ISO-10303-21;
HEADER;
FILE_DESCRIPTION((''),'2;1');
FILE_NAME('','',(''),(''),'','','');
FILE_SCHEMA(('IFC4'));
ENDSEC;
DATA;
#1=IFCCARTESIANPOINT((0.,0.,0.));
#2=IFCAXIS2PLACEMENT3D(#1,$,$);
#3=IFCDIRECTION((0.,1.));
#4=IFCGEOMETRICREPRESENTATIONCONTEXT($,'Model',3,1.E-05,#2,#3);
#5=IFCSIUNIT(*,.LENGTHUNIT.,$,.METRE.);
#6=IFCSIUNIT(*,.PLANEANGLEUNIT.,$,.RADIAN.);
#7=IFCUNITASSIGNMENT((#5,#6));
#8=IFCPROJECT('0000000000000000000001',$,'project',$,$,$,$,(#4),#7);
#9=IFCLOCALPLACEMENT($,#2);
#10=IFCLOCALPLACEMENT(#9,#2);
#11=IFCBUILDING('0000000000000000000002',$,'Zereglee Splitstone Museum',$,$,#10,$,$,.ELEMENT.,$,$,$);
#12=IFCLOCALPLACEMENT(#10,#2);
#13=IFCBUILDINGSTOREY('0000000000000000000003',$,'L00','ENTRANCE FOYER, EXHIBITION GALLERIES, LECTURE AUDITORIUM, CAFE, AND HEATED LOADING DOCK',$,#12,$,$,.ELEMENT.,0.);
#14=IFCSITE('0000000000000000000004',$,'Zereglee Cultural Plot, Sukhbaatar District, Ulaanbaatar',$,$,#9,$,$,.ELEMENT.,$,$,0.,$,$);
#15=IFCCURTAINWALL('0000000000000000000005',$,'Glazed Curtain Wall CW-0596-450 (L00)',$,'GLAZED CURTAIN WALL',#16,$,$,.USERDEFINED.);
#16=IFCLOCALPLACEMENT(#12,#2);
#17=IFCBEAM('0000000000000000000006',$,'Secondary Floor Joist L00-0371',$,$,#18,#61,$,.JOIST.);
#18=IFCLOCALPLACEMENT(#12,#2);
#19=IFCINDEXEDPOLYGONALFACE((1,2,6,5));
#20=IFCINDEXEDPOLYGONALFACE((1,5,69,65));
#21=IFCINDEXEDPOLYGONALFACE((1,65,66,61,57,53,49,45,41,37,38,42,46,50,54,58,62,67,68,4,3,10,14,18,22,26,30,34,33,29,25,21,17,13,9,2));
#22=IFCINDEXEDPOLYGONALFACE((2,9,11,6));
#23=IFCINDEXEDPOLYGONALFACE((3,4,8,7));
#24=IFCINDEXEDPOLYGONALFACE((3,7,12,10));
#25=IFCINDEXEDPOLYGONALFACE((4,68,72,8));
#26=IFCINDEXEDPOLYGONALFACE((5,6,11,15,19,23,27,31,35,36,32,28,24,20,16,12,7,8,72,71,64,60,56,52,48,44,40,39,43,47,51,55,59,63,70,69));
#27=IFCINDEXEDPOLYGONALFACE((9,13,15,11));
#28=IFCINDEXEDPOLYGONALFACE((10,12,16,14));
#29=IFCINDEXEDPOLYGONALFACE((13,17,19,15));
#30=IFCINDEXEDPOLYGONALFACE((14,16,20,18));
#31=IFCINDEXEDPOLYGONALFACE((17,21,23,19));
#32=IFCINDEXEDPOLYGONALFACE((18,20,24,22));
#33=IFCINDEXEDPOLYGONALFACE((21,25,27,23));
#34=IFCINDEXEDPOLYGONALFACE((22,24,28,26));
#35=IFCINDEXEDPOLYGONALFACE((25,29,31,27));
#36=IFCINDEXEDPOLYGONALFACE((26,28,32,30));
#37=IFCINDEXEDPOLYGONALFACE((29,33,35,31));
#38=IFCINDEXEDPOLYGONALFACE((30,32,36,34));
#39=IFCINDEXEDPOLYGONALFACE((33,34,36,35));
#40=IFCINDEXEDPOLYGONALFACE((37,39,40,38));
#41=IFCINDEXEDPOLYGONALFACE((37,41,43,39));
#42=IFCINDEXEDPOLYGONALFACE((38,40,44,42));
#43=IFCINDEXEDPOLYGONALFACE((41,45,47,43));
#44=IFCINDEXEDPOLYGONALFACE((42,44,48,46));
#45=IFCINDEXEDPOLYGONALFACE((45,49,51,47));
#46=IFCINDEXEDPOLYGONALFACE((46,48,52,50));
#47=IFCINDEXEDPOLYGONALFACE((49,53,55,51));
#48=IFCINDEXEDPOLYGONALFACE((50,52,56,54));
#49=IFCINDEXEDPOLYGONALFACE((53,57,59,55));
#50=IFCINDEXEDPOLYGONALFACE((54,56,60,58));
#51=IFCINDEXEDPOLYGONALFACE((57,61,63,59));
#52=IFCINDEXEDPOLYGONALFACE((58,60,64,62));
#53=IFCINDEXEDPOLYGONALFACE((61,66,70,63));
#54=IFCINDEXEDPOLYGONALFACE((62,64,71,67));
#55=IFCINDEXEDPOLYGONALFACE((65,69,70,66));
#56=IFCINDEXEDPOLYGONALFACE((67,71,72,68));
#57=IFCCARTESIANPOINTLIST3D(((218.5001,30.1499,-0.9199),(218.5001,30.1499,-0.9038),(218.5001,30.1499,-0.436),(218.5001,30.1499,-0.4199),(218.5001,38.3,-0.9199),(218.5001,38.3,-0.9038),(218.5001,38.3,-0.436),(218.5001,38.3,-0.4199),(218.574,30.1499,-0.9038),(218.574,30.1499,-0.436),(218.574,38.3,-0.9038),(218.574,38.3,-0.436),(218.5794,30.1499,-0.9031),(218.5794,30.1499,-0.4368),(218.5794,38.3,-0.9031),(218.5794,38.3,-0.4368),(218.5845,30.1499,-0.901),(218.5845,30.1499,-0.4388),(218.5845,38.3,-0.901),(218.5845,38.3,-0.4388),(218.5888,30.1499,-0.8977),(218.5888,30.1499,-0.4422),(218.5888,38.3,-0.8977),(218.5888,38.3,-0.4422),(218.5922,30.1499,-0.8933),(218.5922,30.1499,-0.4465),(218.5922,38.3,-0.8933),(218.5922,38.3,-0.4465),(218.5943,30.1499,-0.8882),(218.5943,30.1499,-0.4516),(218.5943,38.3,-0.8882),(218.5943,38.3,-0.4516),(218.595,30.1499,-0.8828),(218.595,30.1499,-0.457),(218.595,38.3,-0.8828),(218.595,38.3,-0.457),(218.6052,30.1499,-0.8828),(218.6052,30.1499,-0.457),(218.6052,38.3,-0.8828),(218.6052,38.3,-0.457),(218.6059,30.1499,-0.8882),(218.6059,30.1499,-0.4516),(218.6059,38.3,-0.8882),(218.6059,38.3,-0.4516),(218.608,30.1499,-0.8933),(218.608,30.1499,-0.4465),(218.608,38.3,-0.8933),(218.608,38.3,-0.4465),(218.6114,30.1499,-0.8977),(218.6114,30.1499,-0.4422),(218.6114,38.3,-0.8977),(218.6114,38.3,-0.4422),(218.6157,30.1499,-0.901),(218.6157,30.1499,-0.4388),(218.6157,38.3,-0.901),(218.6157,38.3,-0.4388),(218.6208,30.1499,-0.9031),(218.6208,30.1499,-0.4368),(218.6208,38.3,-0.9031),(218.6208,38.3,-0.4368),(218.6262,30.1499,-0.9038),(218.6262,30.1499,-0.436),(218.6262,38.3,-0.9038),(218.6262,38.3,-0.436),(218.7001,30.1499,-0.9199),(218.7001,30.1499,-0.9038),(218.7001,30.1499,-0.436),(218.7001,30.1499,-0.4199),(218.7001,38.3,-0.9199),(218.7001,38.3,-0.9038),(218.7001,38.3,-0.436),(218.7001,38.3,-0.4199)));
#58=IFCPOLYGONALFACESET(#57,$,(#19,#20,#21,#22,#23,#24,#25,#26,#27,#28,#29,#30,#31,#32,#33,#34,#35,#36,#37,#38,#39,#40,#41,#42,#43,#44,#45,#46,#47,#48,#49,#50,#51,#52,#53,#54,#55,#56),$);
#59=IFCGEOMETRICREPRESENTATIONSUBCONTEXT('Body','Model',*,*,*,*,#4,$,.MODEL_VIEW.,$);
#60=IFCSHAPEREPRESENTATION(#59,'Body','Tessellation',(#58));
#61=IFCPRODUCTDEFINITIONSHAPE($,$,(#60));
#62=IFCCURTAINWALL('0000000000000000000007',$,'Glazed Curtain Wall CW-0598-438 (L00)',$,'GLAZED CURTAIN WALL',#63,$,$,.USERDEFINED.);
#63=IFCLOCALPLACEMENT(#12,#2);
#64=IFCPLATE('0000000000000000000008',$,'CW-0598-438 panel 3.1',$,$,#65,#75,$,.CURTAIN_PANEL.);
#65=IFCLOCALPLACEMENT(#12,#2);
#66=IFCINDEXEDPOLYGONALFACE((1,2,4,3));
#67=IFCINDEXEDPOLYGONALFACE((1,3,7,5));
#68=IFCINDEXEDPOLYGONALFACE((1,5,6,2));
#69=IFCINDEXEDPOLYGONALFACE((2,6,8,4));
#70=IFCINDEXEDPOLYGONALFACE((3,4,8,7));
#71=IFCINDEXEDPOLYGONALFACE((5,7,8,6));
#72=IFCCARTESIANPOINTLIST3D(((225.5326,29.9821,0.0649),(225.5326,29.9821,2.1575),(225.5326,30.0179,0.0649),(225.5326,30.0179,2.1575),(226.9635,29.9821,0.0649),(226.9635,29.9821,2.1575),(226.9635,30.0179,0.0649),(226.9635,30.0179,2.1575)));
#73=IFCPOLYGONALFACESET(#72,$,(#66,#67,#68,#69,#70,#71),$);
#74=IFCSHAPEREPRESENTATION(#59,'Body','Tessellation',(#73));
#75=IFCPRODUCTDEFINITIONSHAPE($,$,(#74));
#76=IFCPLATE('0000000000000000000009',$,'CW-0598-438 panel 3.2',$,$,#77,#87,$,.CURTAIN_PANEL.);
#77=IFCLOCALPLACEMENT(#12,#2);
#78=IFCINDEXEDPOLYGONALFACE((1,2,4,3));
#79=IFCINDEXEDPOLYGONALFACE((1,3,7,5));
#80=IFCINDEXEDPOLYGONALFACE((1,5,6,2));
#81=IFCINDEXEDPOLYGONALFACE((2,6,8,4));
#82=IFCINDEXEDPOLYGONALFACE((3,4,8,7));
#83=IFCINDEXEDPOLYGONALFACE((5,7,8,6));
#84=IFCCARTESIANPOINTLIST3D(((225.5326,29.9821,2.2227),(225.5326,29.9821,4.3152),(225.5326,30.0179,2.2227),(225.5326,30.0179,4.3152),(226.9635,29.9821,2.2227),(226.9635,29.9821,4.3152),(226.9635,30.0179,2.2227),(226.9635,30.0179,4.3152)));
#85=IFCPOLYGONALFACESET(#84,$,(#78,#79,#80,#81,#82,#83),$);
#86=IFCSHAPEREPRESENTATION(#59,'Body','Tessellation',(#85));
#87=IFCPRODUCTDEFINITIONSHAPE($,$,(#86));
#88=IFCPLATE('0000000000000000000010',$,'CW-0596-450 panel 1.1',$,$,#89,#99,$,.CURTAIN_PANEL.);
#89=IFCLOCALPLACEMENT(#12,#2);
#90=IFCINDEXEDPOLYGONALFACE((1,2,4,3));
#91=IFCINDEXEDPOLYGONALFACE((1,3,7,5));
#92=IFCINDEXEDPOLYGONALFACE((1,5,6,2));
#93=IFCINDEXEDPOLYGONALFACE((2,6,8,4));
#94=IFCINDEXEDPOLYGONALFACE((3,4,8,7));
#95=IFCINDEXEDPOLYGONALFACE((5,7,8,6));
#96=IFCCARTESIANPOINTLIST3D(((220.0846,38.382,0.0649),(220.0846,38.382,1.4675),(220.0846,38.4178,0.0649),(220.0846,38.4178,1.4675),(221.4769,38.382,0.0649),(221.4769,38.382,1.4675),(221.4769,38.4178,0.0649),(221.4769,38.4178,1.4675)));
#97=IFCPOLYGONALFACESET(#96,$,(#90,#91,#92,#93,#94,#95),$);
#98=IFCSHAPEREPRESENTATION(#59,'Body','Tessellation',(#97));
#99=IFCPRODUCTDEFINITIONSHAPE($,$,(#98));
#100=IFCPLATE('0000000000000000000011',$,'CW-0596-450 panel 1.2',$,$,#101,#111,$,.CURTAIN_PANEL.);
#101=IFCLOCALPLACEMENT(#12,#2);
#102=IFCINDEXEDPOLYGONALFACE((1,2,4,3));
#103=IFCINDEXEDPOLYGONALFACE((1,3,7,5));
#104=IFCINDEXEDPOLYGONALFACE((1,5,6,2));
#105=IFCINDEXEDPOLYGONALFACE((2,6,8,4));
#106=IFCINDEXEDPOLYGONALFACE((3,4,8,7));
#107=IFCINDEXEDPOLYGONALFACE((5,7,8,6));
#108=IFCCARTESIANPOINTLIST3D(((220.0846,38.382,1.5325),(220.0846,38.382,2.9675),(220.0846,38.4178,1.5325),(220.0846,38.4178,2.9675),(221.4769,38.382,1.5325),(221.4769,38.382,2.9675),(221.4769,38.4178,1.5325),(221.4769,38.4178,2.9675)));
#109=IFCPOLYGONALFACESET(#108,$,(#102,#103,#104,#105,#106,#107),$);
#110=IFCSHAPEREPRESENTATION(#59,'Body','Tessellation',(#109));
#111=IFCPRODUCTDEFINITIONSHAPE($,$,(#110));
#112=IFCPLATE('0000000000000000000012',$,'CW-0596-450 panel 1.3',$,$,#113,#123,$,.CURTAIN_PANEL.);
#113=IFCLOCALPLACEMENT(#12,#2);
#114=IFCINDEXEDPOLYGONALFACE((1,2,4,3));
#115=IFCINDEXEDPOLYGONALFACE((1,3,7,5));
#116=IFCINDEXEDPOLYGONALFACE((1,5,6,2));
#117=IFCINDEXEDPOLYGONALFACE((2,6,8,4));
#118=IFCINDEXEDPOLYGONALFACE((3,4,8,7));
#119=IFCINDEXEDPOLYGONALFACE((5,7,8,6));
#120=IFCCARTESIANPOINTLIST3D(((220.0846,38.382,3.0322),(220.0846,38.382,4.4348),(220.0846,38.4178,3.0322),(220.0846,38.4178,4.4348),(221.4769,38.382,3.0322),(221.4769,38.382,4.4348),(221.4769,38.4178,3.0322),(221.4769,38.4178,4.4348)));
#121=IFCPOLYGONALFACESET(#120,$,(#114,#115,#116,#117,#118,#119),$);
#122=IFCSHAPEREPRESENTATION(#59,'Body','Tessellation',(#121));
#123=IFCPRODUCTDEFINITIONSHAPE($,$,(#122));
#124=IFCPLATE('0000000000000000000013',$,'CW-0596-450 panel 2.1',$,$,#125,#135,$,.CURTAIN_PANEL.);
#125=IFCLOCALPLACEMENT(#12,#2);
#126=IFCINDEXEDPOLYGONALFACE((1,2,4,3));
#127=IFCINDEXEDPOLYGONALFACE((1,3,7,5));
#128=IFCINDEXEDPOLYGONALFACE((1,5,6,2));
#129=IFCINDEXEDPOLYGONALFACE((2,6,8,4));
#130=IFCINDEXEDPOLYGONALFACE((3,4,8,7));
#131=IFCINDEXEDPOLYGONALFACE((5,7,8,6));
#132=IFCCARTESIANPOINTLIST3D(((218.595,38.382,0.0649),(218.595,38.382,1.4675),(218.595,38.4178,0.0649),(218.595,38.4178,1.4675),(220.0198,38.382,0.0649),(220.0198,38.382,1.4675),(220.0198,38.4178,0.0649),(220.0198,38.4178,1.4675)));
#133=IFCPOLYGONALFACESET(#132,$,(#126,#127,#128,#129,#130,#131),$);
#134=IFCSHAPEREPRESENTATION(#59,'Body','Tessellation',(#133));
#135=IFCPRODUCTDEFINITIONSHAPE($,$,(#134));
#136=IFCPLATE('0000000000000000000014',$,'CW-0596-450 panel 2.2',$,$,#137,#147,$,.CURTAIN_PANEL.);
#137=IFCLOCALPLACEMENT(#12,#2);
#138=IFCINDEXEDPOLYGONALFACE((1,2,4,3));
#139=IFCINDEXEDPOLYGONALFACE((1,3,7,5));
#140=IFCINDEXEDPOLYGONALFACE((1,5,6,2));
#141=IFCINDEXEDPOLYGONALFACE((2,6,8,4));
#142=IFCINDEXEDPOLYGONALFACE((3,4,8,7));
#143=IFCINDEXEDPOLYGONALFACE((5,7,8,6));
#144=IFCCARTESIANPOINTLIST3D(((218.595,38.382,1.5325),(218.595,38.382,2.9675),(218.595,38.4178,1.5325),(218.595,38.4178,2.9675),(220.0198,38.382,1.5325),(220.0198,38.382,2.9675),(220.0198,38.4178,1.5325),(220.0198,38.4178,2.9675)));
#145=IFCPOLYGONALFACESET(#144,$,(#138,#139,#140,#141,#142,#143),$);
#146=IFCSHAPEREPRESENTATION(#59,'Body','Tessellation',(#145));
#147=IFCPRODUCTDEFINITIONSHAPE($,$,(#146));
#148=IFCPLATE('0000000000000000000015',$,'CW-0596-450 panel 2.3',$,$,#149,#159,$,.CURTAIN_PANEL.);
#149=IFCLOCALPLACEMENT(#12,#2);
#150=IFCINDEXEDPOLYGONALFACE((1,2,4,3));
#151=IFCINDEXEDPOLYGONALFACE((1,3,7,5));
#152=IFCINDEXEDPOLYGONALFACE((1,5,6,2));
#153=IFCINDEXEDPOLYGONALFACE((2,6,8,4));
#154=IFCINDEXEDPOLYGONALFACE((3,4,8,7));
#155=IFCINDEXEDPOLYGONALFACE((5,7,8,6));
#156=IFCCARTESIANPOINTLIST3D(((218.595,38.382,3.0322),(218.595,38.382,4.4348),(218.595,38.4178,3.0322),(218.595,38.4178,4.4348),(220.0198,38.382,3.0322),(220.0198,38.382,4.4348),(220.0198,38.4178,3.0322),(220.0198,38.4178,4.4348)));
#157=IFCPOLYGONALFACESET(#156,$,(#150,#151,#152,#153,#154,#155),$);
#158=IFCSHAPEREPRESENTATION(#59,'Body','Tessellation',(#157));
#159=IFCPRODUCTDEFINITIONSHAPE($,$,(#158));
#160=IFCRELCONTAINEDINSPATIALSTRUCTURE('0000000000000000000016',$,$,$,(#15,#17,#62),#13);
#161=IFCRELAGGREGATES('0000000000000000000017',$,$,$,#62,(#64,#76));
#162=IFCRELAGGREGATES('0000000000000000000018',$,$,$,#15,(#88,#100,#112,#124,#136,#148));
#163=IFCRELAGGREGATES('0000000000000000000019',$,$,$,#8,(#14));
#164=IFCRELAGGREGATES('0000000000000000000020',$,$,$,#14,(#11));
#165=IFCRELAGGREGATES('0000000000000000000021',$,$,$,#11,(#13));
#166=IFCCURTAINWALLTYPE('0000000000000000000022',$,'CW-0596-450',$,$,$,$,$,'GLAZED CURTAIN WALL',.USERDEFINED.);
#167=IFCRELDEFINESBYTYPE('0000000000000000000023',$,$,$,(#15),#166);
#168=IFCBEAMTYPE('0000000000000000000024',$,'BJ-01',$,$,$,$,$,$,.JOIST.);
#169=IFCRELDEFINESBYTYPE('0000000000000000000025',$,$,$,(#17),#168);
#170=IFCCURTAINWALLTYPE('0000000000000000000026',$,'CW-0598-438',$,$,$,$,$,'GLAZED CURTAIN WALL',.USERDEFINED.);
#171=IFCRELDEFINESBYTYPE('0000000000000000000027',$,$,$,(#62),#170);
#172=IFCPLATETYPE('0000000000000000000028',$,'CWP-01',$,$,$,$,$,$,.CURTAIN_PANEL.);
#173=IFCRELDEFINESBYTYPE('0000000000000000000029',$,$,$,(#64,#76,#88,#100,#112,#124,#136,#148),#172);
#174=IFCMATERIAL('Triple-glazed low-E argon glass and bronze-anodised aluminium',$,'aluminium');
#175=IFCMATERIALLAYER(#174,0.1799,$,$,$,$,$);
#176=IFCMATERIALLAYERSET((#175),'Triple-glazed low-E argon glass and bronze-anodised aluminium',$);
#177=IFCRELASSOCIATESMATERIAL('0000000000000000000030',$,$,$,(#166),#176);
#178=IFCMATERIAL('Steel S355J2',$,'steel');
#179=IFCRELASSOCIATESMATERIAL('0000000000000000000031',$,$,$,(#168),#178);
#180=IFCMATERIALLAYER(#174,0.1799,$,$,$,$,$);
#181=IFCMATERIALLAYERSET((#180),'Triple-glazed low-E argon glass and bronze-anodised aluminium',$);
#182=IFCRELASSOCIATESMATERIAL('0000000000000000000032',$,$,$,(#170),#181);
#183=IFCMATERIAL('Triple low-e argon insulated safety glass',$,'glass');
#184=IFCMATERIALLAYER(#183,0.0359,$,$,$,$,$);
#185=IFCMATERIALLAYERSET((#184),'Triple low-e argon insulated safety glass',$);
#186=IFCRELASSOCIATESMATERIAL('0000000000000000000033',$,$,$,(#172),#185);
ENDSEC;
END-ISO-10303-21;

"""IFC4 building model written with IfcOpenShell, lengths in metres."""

from ifc_helpers import new_model, si_unit, direction, frame, origin, origin_2d, place, context, subcontext, project, spatial, rectangle, i_section, extrude, material, layer, layer_set, material_profile, profile_set, type_object, element, aggregate, save


model = new_model("IFC4")

# Units and contexts
model_context = context("Model", 3, precision=1e-05, world=origin(), true_north=direction((0.0, 1.0)))
body_context = subcontext(model_context, "Body", "Model", "MODEL_VIEW")
ifc_project = project(units=[si_unit("LENGTHUNIT", "METRE"), si_unit("PLANEANGLEUNIT", "RADIAN")], contexts=[model_context])

# Site, building, storey
site_placement = place(None, origin())
site = spatial("IfcSite", under=ifc_project, at=site_placement, Name="Zereglee Cultural Plot, Sukhbaatar District, Ulaanbaatar", CompositionType="ELEMENT", RefElevation=0.0)
building_placement = place(site_placement, origin())
building = spatial("IfcBuilding", under=site, at=building_placement, Name="Zereglee Splitstone Museum", CompositionType="ELEMENT")
storey_placement = place(building_placement, origin())
storey = spatial("IfcBuildingStorey", under=building, at=storey_placement, Name="L00", Description="ENTRANCE FOYER, EXHIBITION GALLERIES, LECTURE AUDITORIUM, CAFE, AND HEATED LOADING DOCK", CompositionType="ELEMENT", Elevation=0.0)

# Curtain wall
ifc_material_1 = material(Name="Triple-glazed low-E argon glass and bronze-anodised aluminium", Category="aluminium")
ifc_layer_1 = layer(ifc_material_1, 0.1799)
ifc_layer_set_1 = layer_set([ifc_layer_1], Name="Triple-glazed low-E argon glass and bronze-anodised aluminium")
curtain_wall_type_1 = type_object("IfcCurtainWallType", Name="CW-0596-450", ElementType="GLAZED CURTAIN WALL", PredefinedType="USERDEFINED", material=ifc_layer_set_1)
curtain_wall_1_placement = place(storey_placement, origin())
curtain_wall_1 = element("IfcCurtainWall", 1, at=curtain_wall_1_placement, inside=storey, type_object=curtain_wall_type_1, Name="Glazed Curtain Wall CW-0596-450 (L00)", ObjectType="GLAZED CURTAIN WALL", PredefinedType="USERDEFINED")

# Beam
ifc_material_2 = material(Name="Steel S355J2", Category="steel")
ifc_material_profile_1 = material_profile(ifc_material_2, i_section(OverallWidth=0.2, OverallDepth=0.5, WebThickness=0.0103, FlangeThickness=0.0161, FilletRadius=0.021, at=origin_2d()), Name="IPE 500")
ifc_profile_set_1 = profile_set([ifc_material_profile_1], Name="Steel S355J2")
beam_type_1 = type_object("IfcBeamType", Name="BJ-01", PredefinedType="JOIST", material=ifc_profile_set_1)
beam_1_placement = place(storey_placement, frame((218.6001, 30.1499, -0.6699), z_axis=(0.0, 1.0, 0.0), x_axis=(-1.0, 0.0, 0.0)))
element("IfcBeam", 2, at=beam_1_placement, inside=storey, type_object=beam_type_1, Name="Secondary Floor Joist L00-0371", PredefinedType="JOIST", context=body_context, shape_type="SweptSolid", body=[
    extrude(i_section(OverallWidth=0.2, OverallDepth=0.5, WebThickness=0.0103, FlangeThickness=0.0161, FilletRadius=0.021, at=origin_2d()), origin(), (0.0, 0.0, 1.0), 8.1501),
])

# Curtain wall, plates
ifc_layer_2 = layer(ifc_material_1, 0.1799)
ifc_layer_set_2 = layer_set([ifc_layer_2], Name="Triple-glazed low-E argon glass and bronze-anodised aluminium")
curtain_wall_type_2 = type_object("IfcCurtainWallType", Name="CW-0598-438", ElementType="GLAZED CURTAIN WALL", PredefinedType="USERDEFINED", material=ifc_layer_set_2)
curtain_wall_2_placement = place(storey_placement, origin())
curtain_wall_2 = element("IfcCurtainWall", 3, at=curtain_wall_2_placement, inside=storey, type_object=curtain_wall_type_2, Name="Glazed Curtain Wall CW-0598-438 (L00)", ObjectType="GLAZED CURTAIN WALL", PredefinedType="USERDEFINED")
ifc_material_3 = material(Name="Triple low-e argon insulated safety glass", Category="glass")
ifc_layer_3 = layer(ifc_material_3, 0.0359)
ifc_layer_set_3 = layer_set([ifc_layer_3], Name="Triple low-e argon insulated safety glass")
plate_type = type_object("IfcPlateType", Name="CWP-01", PredefinedType="CURTAIN_PANEL", material=ifc_layer_set_3)
plate_1_placement = place(storey_placement, frame((226.248, 30.0, 0.0649), z_axis=(0.0, 0.0, 1.0), x_axis=(1.0, 0.0, 0.0)))
plate_1 = element("IfcPlate", 4, at=plate_1_placement, type_object=plate_type, Name="CW-0598-438 panel 3.1", PredefinedType="CURTAIN_PANEL", context=body_context, shape_type="SweptSolid", body=[
    extrude(rectangle(XDim=1.4309, YDim=0.0359, at=origin_2d()), origin(), (0.0, 0.0, 1.0), 2.0925),
])
plate_2_placement = place(storey_placement, frame((226.248, 30.0, 2.2227), z_axis=(0.0, 0.0, 1.0), x_axis=(1.0, 0.0, 0.0)))
plate_2 = element("IfcPlate", 5, at=plate_2_placement, type_object=plate_type, Name="CW-0598-438 panel 3.2", PredefinedType="CURTAIN_PANEL", context=body_context, shape_type="SweptSolid", body=[
    extrude(rectangle(XDim=1.4309, YDim=0.0359, at=origin_2d()), origin(), (0.0, 0.0, 1.0), 2.0925),
])
aggregate(curtain_wall_2, [plate_1, plate_2])

# Plates
plate_3_placement = place(storey_placement, frame((220.7808, 38.3999, 0.0649), z_axis=(0.0, 0.0, 1.0), x_axis=(-1.0, 0.0, 0.0)))
plate_3 = element("IfcPlate", 6, at=plate_3_placement, type_object=plate_type, Name="CW-0596-450 panel 1.1", PredefinedType="CURTAIN_PANEL", context=body_context, shape_type="SweptSolid", body=[
    extrude(rectangle(XDim=1.3923, YDim=0.0359, at=origin_2d()), origin(), (0.0, 0.0, 1.0), 1.4026),
])
plate_4_placement = place(storey_placement, frame((220.7808, 38.3999, 1.5325), z_axis=(0.0, 0.0, 1.0), x_axis=(-1.0, 0.0, 0.0)))
plate_4 = element("IfcPlate", 7, at=plate_4_placement, type_object=plate_type, Name="CW-0596-450 panel 1.2", PredefinedType="CURTAIN_PANEL", context=body_context, shape_type="SweptSolid", body=[
    extrude(rectangle(XDim=1.3923, YDim=0.0359, at=origin_2d()), origin(), (0.0, 0.0, 1.0), 1.4351),
])
plate_5_placement = place(storey_placement, frame((220.7808, 38.3999, 3.0322), z_axis=(0.0, 0.0, 1.0), x_axis=(-1.0, 0.0, 0.0)))
plate_5 = element("IfcPlate", 8, at=plate_5_placement, type_object=plate_type, Name="CW-0596-450 panel 1.3", PredefinedType="CURTAIN_PANEL", context=body_context, shape_type="SweptSolid", body=[
    extrude(rectangle(XDim=1.3923, YDim=0.0359, at=origin_2d()), origin(), (0.0, 0.0, 1.0), 1.4026),
])
plate_6_placement = place(storey_placement, frame((219.3074, 38.3999, 0.0649), z_axis=(0.0, 0.0, 1.0), x_axis=(-1.0, 0.0, 0.0)))
plate_6 = element("IfcPlate", 9, at=plate_6_placement, type_object=plate_type, Name="CW-0596-450 panel 2.1", PredefinedType="CURTAIN_PANEL", context=body_context, shape_type="SweptSolid", body=[
    extrude(rectangle(XDim=1.4248, YDim=0.0359, at=origin_2d()), origin(), (0.0, 0.0, 1.0), 1.4026),
])
plate_7_placement = place(storey_placement, frame((219.3074, 38.3999, 1.5325), z_axis=(0.0, 0.0, 1.0), x_axis=(-1.0, 0.0, 0.0)))
plate_7 = element("IfcPlate", 10, at=plate_7_placement, type_object=plate_type, Name="CW-0596-450 panel 2.2", PredefinedType="CURTAIN_PANEL", context=body_context, shape_type="SweptSolid", body=[
    extrude(rectangle(XDim=1.4248, YDim=0.0359, at=origin_2d()), origin(), (0.0, 0.0, 1.0), 1.4351),
])
plate_8_placement = place(storey_placement, frame((219.3074, 38.3999, 3.0322), z_axis=(0.0, 0.0, 1.0), x_axis=(-1.0, 0.0, 0.0)))
plate_8 = element("IfcPlate", 11, at=plate_8_placement, type_object=plate_type, Name="CW-0596-450 panel 2.3", PredefinedType="CURTAIN_PANEL", context=body_context, shape_type="SweptSolid", body=[
    extrude(rectangle(XDim=1.4248, YDim=0.0359, at=origin_2d()), origin(), (0.0, 0.0, 1.0), 1.4026),
])
aggregate(curtain_wall_1, [plate_3, plate_4, plate_5, plate_6, plate_7, plate_8])

save(model, "model.ifc")
